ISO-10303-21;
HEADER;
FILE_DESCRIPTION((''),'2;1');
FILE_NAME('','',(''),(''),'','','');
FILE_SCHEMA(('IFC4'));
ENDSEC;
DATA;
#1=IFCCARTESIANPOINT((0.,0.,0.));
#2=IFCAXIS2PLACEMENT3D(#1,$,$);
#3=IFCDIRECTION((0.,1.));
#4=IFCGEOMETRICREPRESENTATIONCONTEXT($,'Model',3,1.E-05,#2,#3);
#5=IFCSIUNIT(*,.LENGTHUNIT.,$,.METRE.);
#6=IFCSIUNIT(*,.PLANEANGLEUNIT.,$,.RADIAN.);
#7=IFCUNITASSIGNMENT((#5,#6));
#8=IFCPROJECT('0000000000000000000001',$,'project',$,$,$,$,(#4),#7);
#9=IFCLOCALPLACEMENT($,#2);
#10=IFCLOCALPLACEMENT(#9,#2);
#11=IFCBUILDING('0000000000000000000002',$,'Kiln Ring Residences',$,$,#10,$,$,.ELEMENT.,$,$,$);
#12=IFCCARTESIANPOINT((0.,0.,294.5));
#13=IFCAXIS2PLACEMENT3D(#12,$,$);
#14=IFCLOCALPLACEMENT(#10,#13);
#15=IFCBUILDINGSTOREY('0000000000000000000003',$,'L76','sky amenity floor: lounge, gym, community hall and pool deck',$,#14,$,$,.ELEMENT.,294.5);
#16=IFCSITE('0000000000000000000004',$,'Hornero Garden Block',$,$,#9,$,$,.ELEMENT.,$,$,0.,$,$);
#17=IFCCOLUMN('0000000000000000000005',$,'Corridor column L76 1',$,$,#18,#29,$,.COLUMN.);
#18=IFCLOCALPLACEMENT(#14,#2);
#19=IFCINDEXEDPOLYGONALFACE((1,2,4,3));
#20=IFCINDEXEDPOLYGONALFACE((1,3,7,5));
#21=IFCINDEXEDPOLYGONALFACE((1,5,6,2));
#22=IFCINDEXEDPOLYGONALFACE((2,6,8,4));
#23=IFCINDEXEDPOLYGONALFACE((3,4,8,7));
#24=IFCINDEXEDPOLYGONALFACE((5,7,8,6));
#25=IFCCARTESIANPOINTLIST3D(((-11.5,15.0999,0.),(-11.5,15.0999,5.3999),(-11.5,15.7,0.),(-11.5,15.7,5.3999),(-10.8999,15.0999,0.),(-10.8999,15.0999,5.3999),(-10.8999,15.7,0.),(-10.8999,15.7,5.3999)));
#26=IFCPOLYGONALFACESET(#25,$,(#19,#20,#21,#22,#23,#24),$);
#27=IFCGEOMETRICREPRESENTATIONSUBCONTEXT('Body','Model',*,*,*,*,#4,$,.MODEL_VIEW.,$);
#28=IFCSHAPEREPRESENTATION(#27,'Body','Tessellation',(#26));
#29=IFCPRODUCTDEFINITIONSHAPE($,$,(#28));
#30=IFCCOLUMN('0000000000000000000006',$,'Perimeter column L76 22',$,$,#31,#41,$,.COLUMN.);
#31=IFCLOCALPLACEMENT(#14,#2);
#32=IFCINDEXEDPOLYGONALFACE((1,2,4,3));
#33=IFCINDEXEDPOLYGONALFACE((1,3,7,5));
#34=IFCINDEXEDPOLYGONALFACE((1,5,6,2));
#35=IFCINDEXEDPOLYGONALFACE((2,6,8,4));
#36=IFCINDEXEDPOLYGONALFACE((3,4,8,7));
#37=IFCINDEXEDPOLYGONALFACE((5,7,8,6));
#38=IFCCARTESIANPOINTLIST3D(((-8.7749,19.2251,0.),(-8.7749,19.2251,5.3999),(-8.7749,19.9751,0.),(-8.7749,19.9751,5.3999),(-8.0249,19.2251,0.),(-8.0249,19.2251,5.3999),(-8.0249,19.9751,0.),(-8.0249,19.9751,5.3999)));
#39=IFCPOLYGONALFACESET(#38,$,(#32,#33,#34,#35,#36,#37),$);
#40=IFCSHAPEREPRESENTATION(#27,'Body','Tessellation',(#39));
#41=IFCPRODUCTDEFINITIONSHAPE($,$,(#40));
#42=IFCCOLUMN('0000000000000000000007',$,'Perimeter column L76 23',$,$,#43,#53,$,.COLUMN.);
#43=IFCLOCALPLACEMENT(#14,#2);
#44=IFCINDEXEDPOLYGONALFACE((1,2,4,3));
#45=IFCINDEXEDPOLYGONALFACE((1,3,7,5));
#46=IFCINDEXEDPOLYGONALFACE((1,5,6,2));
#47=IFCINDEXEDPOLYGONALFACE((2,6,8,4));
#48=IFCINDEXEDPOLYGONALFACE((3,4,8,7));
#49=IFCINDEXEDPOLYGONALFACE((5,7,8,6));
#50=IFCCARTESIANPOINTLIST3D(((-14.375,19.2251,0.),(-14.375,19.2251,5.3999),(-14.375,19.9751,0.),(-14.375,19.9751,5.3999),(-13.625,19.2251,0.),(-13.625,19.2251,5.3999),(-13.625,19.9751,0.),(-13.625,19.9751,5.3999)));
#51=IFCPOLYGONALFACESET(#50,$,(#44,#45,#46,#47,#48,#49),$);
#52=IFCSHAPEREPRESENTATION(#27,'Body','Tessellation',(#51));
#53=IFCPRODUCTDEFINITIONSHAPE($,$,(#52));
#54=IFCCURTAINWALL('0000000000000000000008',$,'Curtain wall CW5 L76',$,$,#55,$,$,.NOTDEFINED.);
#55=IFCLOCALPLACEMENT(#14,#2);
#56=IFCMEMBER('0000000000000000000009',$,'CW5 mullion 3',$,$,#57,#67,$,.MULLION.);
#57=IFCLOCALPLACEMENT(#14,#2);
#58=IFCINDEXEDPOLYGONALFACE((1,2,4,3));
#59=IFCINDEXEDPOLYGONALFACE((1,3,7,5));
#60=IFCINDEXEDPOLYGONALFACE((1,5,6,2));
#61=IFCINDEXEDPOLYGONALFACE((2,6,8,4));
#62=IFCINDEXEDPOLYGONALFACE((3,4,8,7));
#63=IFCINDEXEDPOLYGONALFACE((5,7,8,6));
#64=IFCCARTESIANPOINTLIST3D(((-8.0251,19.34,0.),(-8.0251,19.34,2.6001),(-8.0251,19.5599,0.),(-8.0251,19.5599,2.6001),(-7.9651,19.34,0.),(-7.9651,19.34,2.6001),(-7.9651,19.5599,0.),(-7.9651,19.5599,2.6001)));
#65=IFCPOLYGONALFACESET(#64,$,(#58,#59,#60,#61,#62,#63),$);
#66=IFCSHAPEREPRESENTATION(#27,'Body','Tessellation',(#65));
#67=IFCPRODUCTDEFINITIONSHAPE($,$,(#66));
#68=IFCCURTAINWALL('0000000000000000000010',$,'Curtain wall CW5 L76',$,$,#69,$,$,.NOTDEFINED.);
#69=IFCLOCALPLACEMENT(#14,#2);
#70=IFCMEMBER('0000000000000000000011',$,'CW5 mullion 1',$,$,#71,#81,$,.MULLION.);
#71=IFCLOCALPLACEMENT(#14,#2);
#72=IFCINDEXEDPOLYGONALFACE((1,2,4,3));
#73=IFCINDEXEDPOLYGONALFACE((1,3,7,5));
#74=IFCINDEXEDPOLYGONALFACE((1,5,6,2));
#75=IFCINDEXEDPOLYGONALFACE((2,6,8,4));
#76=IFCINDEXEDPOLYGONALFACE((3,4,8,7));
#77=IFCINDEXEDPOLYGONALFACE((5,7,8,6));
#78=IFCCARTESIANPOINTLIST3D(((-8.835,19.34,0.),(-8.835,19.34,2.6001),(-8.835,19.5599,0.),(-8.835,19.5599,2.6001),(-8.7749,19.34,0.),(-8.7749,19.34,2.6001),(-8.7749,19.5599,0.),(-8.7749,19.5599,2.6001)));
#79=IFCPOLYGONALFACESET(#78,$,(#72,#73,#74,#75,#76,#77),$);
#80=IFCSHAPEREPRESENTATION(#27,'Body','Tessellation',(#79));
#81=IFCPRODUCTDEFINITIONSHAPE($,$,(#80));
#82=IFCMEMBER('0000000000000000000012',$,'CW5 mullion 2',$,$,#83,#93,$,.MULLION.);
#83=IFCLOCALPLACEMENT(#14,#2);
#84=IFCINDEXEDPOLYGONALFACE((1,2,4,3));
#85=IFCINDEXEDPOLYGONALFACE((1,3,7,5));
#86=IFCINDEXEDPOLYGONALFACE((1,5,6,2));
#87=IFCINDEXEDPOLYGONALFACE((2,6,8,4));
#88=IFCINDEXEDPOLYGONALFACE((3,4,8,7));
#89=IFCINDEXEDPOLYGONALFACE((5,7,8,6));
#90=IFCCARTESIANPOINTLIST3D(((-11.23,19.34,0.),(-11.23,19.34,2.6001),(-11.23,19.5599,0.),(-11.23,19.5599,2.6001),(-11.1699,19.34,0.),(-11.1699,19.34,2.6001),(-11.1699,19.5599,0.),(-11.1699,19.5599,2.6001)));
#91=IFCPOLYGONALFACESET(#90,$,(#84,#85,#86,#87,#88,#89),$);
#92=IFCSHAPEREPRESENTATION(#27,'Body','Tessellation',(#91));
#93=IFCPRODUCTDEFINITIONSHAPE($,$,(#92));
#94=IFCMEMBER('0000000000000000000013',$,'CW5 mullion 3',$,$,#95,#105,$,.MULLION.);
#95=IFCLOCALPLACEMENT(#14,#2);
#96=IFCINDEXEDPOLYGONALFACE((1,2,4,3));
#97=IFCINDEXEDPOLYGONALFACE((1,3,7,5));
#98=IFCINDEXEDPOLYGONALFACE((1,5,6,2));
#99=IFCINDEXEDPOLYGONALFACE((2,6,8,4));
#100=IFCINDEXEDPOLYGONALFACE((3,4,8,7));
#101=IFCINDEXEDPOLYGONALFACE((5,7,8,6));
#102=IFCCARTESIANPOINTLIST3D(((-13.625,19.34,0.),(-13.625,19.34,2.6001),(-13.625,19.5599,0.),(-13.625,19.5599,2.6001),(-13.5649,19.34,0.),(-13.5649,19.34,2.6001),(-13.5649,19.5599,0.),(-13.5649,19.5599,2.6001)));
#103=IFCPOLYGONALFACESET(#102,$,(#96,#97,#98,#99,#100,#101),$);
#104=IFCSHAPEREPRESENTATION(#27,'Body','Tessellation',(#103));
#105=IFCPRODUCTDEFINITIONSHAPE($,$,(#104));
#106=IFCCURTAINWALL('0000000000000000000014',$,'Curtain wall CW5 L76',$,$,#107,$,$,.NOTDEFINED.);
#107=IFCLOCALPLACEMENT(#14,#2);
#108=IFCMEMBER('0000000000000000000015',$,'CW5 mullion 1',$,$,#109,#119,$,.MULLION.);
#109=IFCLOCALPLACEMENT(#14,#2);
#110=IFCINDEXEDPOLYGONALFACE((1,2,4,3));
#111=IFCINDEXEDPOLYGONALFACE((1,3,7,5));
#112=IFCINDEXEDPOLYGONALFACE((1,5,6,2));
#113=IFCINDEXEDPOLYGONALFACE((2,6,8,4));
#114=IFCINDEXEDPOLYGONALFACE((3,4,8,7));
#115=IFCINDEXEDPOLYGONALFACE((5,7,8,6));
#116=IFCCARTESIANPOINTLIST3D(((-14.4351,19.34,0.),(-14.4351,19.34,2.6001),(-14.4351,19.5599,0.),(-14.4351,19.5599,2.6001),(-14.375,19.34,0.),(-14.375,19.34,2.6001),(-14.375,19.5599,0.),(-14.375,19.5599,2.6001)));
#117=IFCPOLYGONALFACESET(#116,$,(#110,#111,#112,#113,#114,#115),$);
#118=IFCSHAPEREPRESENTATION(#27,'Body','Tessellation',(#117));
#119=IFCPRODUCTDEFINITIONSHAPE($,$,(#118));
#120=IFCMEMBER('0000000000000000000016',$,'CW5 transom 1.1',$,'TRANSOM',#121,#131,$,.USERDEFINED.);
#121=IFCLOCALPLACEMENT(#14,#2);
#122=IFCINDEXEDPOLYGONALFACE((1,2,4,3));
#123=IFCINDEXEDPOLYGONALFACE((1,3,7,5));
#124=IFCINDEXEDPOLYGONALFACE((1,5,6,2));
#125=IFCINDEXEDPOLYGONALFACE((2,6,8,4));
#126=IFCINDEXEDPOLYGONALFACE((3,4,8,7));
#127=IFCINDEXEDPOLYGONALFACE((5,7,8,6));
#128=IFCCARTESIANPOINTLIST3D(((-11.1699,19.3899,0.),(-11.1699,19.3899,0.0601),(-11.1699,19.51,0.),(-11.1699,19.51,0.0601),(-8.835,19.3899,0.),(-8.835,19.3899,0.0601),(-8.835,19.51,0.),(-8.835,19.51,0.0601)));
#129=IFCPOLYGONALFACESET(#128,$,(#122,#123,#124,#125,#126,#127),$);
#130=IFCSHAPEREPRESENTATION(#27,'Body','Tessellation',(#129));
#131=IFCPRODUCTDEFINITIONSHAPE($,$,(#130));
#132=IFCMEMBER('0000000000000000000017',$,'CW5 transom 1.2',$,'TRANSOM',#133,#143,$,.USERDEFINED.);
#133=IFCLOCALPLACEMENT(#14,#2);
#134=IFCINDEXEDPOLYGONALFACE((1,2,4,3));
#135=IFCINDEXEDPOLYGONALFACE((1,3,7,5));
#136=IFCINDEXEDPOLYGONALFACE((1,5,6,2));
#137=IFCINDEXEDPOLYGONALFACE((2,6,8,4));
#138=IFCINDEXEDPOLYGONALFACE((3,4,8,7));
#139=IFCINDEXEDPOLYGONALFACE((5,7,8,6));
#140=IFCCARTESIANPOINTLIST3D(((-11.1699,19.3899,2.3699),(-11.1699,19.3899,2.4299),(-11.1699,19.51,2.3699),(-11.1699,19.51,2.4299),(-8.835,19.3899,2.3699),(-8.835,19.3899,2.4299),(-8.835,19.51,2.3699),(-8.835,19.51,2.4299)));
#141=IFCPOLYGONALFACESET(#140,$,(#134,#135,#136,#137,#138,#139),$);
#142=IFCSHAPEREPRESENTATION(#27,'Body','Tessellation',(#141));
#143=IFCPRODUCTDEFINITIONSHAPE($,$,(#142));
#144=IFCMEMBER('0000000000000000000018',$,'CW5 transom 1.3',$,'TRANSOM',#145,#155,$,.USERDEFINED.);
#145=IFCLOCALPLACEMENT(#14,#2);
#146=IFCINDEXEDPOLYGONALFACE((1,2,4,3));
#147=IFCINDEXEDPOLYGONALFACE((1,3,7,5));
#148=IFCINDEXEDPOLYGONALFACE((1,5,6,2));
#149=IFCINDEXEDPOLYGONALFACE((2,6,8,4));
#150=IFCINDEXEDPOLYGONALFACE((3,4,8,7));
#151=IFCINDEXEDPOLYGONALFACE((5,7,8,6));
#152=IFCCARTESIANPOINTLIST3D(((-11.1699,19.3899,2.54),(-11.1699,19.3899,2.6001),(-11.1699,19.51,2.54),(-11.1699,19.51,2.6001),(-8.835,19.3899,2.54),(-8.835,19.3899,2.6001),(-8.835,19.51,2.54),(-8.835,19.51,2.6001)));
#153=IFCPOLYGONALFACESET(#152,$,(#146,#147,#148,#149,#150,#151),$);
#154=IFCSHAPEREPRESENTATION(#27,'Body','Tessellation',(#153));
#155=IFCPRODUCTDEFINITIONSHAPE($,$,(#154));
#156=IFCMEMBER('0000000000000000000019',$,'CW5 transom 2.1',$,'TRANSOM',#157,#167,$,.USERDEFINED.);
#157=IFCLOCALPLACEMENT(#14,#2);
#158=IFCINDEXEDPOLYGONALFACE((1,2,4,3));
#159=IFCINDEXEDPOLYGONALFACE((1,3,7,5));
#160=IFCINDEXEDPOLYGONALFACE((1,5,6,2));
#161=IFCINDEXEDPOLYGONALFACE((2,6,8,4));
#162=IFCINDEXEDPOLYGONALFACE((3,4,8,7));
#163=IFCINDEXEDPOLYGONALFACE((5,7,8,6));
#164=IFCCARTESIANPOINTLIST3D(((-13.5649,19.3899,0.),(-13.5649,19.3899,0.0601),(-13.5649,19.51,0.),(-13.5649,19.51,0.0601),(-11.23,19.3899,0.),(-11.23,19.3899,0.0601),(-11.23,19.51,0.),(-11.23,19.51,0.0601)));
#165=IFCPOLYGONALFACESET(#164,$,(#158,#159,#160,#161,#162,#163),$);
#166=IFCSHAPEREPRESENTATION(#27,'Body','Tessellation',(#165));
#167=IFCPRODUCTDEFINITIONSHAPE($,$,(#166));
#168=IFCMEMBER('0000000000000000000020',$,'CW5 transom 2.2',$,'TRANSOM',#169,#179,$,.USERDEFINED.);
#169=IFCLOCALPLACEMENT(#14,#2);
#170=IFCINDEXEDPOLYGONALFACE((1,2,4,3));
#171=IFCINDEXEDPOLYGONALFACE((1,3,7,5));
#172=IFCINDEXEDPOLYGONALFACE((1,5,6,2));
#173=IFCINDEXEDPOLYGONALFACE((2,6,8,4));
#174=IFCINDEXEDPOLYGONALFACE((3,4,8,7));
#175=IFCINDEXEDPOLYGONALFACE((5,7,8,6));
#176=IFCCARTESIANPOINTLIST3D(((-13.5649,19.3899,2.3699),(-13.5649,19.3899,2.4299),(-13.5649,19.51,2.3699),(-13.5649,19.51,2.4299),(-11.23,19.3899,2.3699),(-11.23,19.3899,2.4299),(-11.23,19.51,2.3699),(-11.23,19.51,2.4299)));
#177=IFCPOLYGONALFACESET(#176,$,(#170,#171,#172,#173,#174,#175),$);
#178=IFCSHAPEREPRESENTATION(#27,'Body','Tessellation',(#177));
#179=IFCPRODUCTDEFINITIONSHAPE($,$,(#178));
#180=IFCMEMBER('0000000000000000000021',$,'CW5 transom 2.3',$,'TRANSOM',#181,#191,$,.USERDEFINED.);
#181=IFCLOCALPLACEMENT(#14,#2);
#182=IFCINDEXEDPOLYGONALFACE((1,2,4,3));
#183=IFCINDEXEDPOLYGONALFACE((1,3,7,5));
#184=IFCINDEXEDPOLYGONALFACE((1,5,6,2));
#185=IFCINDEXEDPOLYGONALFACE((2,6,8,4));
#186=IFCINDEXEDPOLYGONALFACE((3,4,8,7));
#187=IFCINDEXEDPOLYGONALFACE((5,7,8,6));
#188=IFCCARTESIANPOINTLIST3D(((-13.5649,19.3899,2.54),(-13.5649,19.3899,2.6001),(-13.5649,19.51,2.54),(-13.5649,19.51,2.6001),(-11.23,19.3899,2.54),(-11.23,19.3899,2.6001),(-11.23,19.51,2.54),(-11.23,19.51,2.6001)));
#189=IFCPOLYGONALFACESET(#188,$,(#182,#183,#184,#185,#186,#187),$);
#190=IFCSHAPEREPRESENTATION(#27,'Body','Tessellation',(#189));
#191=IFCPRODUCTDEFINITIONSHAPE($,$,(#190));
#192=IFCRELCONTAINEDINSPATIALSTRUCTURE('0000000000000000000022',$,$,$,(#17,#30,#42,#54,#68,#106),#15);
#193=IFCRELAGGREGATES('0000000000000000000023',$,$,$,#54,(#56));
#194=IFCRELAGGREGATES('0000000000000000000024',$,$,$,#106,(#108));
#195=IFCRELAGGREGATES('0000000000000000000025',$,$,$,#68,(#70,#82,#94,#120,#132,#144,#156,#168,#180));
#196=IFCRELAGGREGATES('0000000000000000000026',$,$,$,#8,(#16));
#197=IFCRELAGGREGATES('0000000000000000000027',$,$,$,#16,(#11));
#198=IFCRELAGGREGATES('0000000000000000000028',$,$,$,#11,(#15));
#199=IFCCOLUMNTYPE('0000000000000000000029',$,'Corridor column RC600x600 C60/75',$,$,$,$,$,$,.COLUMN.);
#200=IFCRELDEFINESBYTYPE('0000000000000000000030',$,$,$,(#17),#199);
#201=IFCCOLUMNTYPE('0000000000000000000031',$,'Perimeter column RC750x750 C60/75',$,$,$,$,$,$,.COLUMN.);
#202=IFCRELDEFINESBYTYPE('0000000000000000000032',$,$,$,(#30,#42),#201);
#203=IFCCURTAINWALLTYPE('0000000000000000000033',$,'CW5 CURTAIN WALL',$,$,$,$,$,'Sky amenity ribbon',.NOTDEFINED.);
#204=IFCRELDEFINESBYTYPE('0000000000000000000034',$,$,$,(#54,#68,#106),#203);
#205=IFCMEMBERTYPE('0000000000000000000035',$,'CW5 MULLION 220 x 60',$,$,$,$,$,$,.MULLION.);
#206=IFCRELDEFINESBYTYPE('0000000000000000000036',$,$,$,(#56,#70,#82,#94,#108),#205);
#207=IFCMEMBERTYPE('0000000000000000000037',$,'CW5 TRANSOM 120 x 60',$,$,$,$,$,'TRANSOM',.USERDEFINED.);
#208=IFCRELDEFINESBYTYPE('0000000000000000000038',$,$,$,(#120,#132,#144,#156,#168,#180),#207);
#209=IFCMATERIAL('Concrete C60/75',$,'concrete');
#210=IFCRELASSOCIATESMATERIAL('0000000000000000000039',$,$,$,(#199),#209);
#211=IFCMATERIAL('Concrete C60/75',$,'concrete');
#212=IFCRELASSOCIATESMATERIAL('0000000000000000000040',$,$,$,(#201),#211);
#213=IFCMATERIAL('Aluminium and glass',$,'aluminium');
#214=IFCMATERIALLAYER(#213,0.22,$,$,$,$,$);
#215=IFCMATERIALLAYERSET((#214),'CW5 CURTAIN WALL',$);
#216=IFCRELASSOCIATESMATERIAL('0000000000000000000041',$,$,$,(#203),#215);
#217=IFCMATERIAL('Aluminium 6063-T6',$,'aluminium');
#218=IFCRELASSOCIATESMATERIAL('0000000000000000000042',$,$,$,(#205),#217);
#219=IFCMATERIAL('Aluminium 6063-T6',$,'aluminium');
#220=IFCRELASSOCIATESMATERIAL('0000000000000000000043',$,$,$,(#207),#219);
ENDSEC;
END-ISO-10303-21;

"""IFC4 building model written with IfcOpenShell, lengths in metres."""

from ifc_helpers import new_model, si_unit, direction, frame, origin, origin_2d, place, context, subcontext, project, spatial, rectangle, extrude, material, layer, layer_set, material_profile, profile_set, type_object, element, aggregate, save


model = new_model("IFC4")

# Units and contexts
model_context = context("Model", 3, precision=1e-05, world=origin(), true_north=direction((0.0, 1.0)))
body_context = subcontext(model_context, "Body", "Model", "MODEL_VIEW")
ifc_project = project(units=[si_unit("LENGTHUNIT", "METRE"), si_unit("PLANEANGLEUNIT", "RADIAN")], contexts=[model_context])

# Site, building, storey
site_placement = place(None, origin())
site = spatial("IfcSite", under=ifc_project, at=site_placement, Name="Hornero Garden Block", CompositionType="ELEMENT", RefElevation=0.0)
building_placement = place(site_placement, origin())
building = spatial("IfcBuilding", under=site, at=building_placement, Name="Kiln Ring Residences", CompositionType="ELEMENT")
storey_placement = place(building_placement, frame((0.0, 0.0, 294.5)))
storey = spatial("IfcBuildingStorey", under=building, at=storey_placement, Name="L76", Description="sky amenity floor: lounge, gym, community hall and pool deck", CompositionType="ELEMENT", Elevation=294.5)

# Columns
ifc_material_1 = material(Name="Concrete C60/75", Category="concrete")
ifc_material_profile_1 = material_profile(ifc_material_1, rectangle(XDim=0.6001, YDim=0.6001, at=origin_2d()), Name="RC600x600")
ifc_profile_set_1 = profile_set([ifc_material_profile_1], Name="Concrete C60/75")
column_type_1 = type_object("IfcColumnType", Name="Corridor column RC600x600 C60/75", PredefinedType="COLUMN", material=ifc_profile_set_1)
column_placement = place(storey_placement, frame((-11.2, 15.3999, 0.0), z_axis=(0.0, 0.0, 1.0), x_axis=(1.0, 0.0, 0.0)))
element("IfcColumn", 1, at=column_placement, inside=storey, type_object=column_type_1, Name="Corridor column L76 1", PredefinedType="COLUMN", context=body_context, shape_type="SweptSolid", body=[
    extrude(rectangle(XDim=0.6001, YDim=0.6001, at=origin_2d()), origin(), (0.0, 0.0, 1.0), 5.3999),
])
ifc_material_2 = material(Name="Concrete C60/75", Category="concrete")
ifc_material_profile_2 = material_profile(ifc_material_2, rectangle(XDim=0.75, YDim=0.75, at=origin_2d()), Name="RC750x750")
ifc_profile_set_2 = profile_set([ifc_material_profile_2], Name="Concrete C60/75")
column_type_2 = type_object("IfcColumnType", Name="Perimeter column RC750x750 C60/75", PredefinedType="COLUMN", material=ifc_profile_set_2)
for number, where, z_axis, x_axis, name in (
    (2, (-8.3999, 19.6001, 0.0), (0.0, 0.0, 1.0), (1.0, 0.0, 0.0), "Perimeter column L76 22"),
    (3, (-14.0, 19.6001, 0.0), (0.0, 0.0, 1.0), (1.0, 0.0, 0.0), "Perimeter column L76 23"),
):
    element("IfcColumn", number, at=place(storey_placement, frame(where, z_axis=z_axis, x_axis=x_axis)), inside=storey, type_object=column_type_2, Name=name, PredefinedType="COLUMN", context=body_context, shape_type="SweptSolid", body=[
        extrude(rectangle(XDim=0.75, YDim=0.75, at=origin_2d()), origin(), (0.0, 0.0, 1.0), 5.3999),
    ])

# Curtain wall, member
ifc_material_3 = material(Name="Aluminium and glass", Category="aluminium")
ifc_layer_1 = layer(ifc_material_3, 0.22)
ifc_layer_set_1 = layer_set([ifc_layer_1], Name="CW5 CURTAIN WALL")
curtain_wall_type = type_object("IfcCurtainWallType", Name="CW5 CURTAIN WALL", ElementType="Sky amenity ribbon", PredefinedType="NOTDEFINED", material=ifc_layer_set_1)
placement = place(storey_placement, origin())
curtain_wall_1 = element("IfcCurtainWall", 4, at=placement, inside=storey, type_object=curtain_wall_type, Name="Curtain wall CW5 L76", PredefinedType="NOTDEFINED")
ifc_material_4 = material(Name="Aluminium 6063-T6", Category="aluminium")
ifc_material_profile_3 = material_profile(ifc_material_4, rectangle(XDim=0.22, YDim=0.0601, at=origin_2d()), Name="AL 220x60")
ifc_profile_set_3 = profile_set([ifc_material_profile_3], Name="Aluminium 6063-T6")
member_type_1 = type_object("IfcMemberType", Name="CW5 MULLION 220 x 60", PredefinedType="MULLION", material=ifc_profile_set_3)
member_1_placement = place(storey_placement, frame((-7.9951, 19.45, 0.0), z_axis=(0.0, 0.0, 1.0), x_axis=(0.0, -1.0, 0.0)))
member_1 = element("IfcMember", 5, at=member_1_placement, type_object=member_type_1, Name="CW5 mullion 3", PredefinedType="MULLION", context=body_context, shape_type="SweptSolid", body=[
    extrude(rectangle(XDim=0.22, YDim=0.0601, at=origin_2d()), origin(), (0.0, 0.0, 1.0), 2.6001),
])
aggregate(curtain_wall_1, [member_1])

# Curtain wall, members
curtain_wall_2 = element("IfcCurtainWall", 6, at=placement, inside=storey, type_object=curtain_wall_type, Name="Curtain wall CW5 L76", PredefinedType="NOTDEFINED")
member_2_placement = place(storey_placement, frame((-8.8049, 19.45, 0.0), z_axis=(0.0, 0.0, 1.0), x_axis=(0.0, -1.0, 0.0)))
member_2 = element("IfcMember", 7, at=member_2_placement, type_object=member_type_1, Name="CW5 mullion 1", PredefinedType="MULLION", context=body_context, shape_type="SweptSolid", body=[
    extrude(rectangle(XDim=0.22, YDim=0.0601, at=origin_2d()), origin(), (0.0, 0.0, 1.0), 2.6001),
])
member_3_placement = place(storey_placement, frame((-11.2, 19.45, 0.0), z_axis=(0.0, 0.0, 1.0), x_axis=(0.0, -1.0, 0.0)))
member_3 = element("IfcMember", 8, at=member_3_placement, type_object=member_type_1, Name="CW5 mullion 2", PredefinedType="MULLION", context=body_context, shape_type="SweptSolid", body=[
    extrude(rectangle(XDim=0.22, YDim=0.0601, at=origin_2d()), origin(), (0.0, 0.0, 1.0), 2.6001),
])
member_4_placement = place(storey_placement, frame((-13.595, 19.45, 0.0), z_axis=(0.0, 0.0, 1.0), x_axis=(0.0, -1.0, 0.0)))
member_4 = element("IfcMember", 9, at=member_4_placement, type_object=member_type_1, Name="CW5 mullion 3", PredefinedType="MULLION", context=body_context, shape_type="SweptSolid", body=[
    extrude(rectangle(XDim=0.22, YDim=0.0601, at=origin_2d()), origin(), (0.0, 0.0, 1.0), 2.6001),
])

# Curtain wall, member
curtain_wall_3 = element("IfcCurtainWall", 10, at=placement, inside=storey, type_object=curtain_wall_type, Name="Curtain wall CW5 L76", PredefinedType="NOTDEFINED")
member_5_placement = place(storey_placement, frame((-14.405, 19.45, 0.0), z_axis=(0.0, 0.0, 1.0), x_axis=(0.0, -1.0, 0.0)))
member_5 = element("IfcMember", 11, at=member_5_placement, type_object=member_type_1, Name="CW5 mullion 1", PredefinedType="MULLION", context=body_context, shape_type="SweptSolid", body=[
    extrude(rectangle(XDim=0.22, YDim=0.0601, at=origin_2d()), origin(), (0.0, 0.0, 1.0), 2.6001),
])

# Members
ifc_material_5 = material(Name="Aluminium 6063-T6", Category="aluminium")
ifc_material_profile_4 = material_profile(ifc_material_5, rectangle(XDim=0.1201, YDim=0.0601, at=origin_2d()), Name="AL 120x60")
ifc_profile_set_4 = profile_set([ifc_material_profile_4], Name="Aluminium 6063-T6")
member_type_2 = type_object("IfcMemberType", Name="CW5 TRANSOM 120 x 60", ElementType="TRANSOM", PredefinedType="USERDEFINED", material=ifc_profile_set_4)
member_6_placement = place(storey_placement, frame((-8.835, 19.45, 0.03), z_axis=(-1.0, 0.0, 0.0), x_axis=(0.0, -1.0, 0.0)))
member_6 = element("IfcMember", 12, at=member_6_placement, type_object=member_type_2, Name="CW5 transom 1.1", ObjectType="TRANSOM", PredefinedType="USERDEFINED", context=body_context, shape_type="SweptSolid", body=[
    extrude(rectangle(XDim=0.1201, YDim=0.0601, at=origin_2d()), origin(), (0.0, 0.0, 1.0), 2.335),
])
member_7_placement = place(storey_placement, frame((-8.835, 19.45, 2.3999), z_axis=(-1.0, 0.0, 0.0), x_axis=(0.0, -1.0, 0.0)))
member_7 = element("IfcMember", 13, at=member_7_placement, type_object=member_type_2, Name="CW5 transom 1.2", ObjectType="TRANSOM", PredefinedType="USERDEFINED", context=body_context, shape_type="SweptSolid", body=[
    extrude(rectangle(XDim=0.1201, YDim=0.0601, at=origin_2d()), origin(), (0.0, 0.0, 1.0), 2.335),
])
member_8_placement = place(storey_placement, frame((-8.835, 19.45, 2.5701), z_axis=(-1.0, 0.0, 0.0), x_axis=(0.0, -1.0, 0.0)))
member_8 = element("IfcMember", 14, at=member_8_placement, type_object=member_type_2, Name="CW5 transom 1.3", ObjectType="TRANSOM", PredefinedType="USERDEFINED", context=body_context, shape_type="SweptSolid", body=[
    extrude(rectangle(XDim=0.1201, YDim=0.0601, at=origin_2d()), origin(), (0.0, 0.0, 1.0), 2.335),
])
member_9_placement = place(storey_placement, frame((-11.23, 19.45, 0.03), z_axis=(-1.0, 0.0, 0.0), x_axis=(0.0, -1.0, 0.0)))
member_9 = element("IfcMember", 15, at=member_9_placement, type_object=member_type_2, Name="CW5 transom 2.1", ObjectType="TRANSOM", PredefinedType="USERDEFINED", context=body_context, shape_type="SweptSolid", body=[
    extrude(rectangle(XDim=0.1201, YDim=0.0601, at=origin_2d()), origin(), (0.0, 0.0, 1.0), 2.335),
])
member_10_placement = place(storey_placement, frame((-11.23, 19.45, 2.3999), z_axis=(-1.0, 0.0, 0.0), x_axis=(0.0, -1.0, 0.0)))
member_10 = element("IfcMember", 16, at=member_10_placement, type_object=member_type_2, Name="CW5 transom 2.2", ObjectType="TRANSOM", PredefinedType="USERDEFINED", context=body_context, shape_type="SweptSolid", body=[
    extrude(rectangle(XDim=0.1201, YDim=0.0601, at=origin_2d()), origin(), (0.0, 0.0, 1.0), 2.335),
])
member_11_placement = place(storey_placement, frame((-11.23, 19.45, 2.5701), z_axis=(-1.0, 0.0, 0.0), x_axis=(0.0, -1.0, 0.0)))
member_11 = element("IfcMember", 17, at=member_11_placement, type_object=member_type_2, Name="CW5 transom 2.3", ObjectType="TRANSOM", PredefinedType="USERDEFINED", context=body_context, shape_type="SweptSolid", body=[
    extrude(rectangle(XDim=0.1201, YDim=0.0601, at=origin_2d()), origin(), (0.0, 0.0, 1.0), 2.335),
])
aggregate(curtain_wall_3, [member_5])

aggregate(curtain_wall_2, [member_2, member_3, member_4, member_6, member_7, member_8, member_9, member_10, member_11])

save(model, "model.ifc")
